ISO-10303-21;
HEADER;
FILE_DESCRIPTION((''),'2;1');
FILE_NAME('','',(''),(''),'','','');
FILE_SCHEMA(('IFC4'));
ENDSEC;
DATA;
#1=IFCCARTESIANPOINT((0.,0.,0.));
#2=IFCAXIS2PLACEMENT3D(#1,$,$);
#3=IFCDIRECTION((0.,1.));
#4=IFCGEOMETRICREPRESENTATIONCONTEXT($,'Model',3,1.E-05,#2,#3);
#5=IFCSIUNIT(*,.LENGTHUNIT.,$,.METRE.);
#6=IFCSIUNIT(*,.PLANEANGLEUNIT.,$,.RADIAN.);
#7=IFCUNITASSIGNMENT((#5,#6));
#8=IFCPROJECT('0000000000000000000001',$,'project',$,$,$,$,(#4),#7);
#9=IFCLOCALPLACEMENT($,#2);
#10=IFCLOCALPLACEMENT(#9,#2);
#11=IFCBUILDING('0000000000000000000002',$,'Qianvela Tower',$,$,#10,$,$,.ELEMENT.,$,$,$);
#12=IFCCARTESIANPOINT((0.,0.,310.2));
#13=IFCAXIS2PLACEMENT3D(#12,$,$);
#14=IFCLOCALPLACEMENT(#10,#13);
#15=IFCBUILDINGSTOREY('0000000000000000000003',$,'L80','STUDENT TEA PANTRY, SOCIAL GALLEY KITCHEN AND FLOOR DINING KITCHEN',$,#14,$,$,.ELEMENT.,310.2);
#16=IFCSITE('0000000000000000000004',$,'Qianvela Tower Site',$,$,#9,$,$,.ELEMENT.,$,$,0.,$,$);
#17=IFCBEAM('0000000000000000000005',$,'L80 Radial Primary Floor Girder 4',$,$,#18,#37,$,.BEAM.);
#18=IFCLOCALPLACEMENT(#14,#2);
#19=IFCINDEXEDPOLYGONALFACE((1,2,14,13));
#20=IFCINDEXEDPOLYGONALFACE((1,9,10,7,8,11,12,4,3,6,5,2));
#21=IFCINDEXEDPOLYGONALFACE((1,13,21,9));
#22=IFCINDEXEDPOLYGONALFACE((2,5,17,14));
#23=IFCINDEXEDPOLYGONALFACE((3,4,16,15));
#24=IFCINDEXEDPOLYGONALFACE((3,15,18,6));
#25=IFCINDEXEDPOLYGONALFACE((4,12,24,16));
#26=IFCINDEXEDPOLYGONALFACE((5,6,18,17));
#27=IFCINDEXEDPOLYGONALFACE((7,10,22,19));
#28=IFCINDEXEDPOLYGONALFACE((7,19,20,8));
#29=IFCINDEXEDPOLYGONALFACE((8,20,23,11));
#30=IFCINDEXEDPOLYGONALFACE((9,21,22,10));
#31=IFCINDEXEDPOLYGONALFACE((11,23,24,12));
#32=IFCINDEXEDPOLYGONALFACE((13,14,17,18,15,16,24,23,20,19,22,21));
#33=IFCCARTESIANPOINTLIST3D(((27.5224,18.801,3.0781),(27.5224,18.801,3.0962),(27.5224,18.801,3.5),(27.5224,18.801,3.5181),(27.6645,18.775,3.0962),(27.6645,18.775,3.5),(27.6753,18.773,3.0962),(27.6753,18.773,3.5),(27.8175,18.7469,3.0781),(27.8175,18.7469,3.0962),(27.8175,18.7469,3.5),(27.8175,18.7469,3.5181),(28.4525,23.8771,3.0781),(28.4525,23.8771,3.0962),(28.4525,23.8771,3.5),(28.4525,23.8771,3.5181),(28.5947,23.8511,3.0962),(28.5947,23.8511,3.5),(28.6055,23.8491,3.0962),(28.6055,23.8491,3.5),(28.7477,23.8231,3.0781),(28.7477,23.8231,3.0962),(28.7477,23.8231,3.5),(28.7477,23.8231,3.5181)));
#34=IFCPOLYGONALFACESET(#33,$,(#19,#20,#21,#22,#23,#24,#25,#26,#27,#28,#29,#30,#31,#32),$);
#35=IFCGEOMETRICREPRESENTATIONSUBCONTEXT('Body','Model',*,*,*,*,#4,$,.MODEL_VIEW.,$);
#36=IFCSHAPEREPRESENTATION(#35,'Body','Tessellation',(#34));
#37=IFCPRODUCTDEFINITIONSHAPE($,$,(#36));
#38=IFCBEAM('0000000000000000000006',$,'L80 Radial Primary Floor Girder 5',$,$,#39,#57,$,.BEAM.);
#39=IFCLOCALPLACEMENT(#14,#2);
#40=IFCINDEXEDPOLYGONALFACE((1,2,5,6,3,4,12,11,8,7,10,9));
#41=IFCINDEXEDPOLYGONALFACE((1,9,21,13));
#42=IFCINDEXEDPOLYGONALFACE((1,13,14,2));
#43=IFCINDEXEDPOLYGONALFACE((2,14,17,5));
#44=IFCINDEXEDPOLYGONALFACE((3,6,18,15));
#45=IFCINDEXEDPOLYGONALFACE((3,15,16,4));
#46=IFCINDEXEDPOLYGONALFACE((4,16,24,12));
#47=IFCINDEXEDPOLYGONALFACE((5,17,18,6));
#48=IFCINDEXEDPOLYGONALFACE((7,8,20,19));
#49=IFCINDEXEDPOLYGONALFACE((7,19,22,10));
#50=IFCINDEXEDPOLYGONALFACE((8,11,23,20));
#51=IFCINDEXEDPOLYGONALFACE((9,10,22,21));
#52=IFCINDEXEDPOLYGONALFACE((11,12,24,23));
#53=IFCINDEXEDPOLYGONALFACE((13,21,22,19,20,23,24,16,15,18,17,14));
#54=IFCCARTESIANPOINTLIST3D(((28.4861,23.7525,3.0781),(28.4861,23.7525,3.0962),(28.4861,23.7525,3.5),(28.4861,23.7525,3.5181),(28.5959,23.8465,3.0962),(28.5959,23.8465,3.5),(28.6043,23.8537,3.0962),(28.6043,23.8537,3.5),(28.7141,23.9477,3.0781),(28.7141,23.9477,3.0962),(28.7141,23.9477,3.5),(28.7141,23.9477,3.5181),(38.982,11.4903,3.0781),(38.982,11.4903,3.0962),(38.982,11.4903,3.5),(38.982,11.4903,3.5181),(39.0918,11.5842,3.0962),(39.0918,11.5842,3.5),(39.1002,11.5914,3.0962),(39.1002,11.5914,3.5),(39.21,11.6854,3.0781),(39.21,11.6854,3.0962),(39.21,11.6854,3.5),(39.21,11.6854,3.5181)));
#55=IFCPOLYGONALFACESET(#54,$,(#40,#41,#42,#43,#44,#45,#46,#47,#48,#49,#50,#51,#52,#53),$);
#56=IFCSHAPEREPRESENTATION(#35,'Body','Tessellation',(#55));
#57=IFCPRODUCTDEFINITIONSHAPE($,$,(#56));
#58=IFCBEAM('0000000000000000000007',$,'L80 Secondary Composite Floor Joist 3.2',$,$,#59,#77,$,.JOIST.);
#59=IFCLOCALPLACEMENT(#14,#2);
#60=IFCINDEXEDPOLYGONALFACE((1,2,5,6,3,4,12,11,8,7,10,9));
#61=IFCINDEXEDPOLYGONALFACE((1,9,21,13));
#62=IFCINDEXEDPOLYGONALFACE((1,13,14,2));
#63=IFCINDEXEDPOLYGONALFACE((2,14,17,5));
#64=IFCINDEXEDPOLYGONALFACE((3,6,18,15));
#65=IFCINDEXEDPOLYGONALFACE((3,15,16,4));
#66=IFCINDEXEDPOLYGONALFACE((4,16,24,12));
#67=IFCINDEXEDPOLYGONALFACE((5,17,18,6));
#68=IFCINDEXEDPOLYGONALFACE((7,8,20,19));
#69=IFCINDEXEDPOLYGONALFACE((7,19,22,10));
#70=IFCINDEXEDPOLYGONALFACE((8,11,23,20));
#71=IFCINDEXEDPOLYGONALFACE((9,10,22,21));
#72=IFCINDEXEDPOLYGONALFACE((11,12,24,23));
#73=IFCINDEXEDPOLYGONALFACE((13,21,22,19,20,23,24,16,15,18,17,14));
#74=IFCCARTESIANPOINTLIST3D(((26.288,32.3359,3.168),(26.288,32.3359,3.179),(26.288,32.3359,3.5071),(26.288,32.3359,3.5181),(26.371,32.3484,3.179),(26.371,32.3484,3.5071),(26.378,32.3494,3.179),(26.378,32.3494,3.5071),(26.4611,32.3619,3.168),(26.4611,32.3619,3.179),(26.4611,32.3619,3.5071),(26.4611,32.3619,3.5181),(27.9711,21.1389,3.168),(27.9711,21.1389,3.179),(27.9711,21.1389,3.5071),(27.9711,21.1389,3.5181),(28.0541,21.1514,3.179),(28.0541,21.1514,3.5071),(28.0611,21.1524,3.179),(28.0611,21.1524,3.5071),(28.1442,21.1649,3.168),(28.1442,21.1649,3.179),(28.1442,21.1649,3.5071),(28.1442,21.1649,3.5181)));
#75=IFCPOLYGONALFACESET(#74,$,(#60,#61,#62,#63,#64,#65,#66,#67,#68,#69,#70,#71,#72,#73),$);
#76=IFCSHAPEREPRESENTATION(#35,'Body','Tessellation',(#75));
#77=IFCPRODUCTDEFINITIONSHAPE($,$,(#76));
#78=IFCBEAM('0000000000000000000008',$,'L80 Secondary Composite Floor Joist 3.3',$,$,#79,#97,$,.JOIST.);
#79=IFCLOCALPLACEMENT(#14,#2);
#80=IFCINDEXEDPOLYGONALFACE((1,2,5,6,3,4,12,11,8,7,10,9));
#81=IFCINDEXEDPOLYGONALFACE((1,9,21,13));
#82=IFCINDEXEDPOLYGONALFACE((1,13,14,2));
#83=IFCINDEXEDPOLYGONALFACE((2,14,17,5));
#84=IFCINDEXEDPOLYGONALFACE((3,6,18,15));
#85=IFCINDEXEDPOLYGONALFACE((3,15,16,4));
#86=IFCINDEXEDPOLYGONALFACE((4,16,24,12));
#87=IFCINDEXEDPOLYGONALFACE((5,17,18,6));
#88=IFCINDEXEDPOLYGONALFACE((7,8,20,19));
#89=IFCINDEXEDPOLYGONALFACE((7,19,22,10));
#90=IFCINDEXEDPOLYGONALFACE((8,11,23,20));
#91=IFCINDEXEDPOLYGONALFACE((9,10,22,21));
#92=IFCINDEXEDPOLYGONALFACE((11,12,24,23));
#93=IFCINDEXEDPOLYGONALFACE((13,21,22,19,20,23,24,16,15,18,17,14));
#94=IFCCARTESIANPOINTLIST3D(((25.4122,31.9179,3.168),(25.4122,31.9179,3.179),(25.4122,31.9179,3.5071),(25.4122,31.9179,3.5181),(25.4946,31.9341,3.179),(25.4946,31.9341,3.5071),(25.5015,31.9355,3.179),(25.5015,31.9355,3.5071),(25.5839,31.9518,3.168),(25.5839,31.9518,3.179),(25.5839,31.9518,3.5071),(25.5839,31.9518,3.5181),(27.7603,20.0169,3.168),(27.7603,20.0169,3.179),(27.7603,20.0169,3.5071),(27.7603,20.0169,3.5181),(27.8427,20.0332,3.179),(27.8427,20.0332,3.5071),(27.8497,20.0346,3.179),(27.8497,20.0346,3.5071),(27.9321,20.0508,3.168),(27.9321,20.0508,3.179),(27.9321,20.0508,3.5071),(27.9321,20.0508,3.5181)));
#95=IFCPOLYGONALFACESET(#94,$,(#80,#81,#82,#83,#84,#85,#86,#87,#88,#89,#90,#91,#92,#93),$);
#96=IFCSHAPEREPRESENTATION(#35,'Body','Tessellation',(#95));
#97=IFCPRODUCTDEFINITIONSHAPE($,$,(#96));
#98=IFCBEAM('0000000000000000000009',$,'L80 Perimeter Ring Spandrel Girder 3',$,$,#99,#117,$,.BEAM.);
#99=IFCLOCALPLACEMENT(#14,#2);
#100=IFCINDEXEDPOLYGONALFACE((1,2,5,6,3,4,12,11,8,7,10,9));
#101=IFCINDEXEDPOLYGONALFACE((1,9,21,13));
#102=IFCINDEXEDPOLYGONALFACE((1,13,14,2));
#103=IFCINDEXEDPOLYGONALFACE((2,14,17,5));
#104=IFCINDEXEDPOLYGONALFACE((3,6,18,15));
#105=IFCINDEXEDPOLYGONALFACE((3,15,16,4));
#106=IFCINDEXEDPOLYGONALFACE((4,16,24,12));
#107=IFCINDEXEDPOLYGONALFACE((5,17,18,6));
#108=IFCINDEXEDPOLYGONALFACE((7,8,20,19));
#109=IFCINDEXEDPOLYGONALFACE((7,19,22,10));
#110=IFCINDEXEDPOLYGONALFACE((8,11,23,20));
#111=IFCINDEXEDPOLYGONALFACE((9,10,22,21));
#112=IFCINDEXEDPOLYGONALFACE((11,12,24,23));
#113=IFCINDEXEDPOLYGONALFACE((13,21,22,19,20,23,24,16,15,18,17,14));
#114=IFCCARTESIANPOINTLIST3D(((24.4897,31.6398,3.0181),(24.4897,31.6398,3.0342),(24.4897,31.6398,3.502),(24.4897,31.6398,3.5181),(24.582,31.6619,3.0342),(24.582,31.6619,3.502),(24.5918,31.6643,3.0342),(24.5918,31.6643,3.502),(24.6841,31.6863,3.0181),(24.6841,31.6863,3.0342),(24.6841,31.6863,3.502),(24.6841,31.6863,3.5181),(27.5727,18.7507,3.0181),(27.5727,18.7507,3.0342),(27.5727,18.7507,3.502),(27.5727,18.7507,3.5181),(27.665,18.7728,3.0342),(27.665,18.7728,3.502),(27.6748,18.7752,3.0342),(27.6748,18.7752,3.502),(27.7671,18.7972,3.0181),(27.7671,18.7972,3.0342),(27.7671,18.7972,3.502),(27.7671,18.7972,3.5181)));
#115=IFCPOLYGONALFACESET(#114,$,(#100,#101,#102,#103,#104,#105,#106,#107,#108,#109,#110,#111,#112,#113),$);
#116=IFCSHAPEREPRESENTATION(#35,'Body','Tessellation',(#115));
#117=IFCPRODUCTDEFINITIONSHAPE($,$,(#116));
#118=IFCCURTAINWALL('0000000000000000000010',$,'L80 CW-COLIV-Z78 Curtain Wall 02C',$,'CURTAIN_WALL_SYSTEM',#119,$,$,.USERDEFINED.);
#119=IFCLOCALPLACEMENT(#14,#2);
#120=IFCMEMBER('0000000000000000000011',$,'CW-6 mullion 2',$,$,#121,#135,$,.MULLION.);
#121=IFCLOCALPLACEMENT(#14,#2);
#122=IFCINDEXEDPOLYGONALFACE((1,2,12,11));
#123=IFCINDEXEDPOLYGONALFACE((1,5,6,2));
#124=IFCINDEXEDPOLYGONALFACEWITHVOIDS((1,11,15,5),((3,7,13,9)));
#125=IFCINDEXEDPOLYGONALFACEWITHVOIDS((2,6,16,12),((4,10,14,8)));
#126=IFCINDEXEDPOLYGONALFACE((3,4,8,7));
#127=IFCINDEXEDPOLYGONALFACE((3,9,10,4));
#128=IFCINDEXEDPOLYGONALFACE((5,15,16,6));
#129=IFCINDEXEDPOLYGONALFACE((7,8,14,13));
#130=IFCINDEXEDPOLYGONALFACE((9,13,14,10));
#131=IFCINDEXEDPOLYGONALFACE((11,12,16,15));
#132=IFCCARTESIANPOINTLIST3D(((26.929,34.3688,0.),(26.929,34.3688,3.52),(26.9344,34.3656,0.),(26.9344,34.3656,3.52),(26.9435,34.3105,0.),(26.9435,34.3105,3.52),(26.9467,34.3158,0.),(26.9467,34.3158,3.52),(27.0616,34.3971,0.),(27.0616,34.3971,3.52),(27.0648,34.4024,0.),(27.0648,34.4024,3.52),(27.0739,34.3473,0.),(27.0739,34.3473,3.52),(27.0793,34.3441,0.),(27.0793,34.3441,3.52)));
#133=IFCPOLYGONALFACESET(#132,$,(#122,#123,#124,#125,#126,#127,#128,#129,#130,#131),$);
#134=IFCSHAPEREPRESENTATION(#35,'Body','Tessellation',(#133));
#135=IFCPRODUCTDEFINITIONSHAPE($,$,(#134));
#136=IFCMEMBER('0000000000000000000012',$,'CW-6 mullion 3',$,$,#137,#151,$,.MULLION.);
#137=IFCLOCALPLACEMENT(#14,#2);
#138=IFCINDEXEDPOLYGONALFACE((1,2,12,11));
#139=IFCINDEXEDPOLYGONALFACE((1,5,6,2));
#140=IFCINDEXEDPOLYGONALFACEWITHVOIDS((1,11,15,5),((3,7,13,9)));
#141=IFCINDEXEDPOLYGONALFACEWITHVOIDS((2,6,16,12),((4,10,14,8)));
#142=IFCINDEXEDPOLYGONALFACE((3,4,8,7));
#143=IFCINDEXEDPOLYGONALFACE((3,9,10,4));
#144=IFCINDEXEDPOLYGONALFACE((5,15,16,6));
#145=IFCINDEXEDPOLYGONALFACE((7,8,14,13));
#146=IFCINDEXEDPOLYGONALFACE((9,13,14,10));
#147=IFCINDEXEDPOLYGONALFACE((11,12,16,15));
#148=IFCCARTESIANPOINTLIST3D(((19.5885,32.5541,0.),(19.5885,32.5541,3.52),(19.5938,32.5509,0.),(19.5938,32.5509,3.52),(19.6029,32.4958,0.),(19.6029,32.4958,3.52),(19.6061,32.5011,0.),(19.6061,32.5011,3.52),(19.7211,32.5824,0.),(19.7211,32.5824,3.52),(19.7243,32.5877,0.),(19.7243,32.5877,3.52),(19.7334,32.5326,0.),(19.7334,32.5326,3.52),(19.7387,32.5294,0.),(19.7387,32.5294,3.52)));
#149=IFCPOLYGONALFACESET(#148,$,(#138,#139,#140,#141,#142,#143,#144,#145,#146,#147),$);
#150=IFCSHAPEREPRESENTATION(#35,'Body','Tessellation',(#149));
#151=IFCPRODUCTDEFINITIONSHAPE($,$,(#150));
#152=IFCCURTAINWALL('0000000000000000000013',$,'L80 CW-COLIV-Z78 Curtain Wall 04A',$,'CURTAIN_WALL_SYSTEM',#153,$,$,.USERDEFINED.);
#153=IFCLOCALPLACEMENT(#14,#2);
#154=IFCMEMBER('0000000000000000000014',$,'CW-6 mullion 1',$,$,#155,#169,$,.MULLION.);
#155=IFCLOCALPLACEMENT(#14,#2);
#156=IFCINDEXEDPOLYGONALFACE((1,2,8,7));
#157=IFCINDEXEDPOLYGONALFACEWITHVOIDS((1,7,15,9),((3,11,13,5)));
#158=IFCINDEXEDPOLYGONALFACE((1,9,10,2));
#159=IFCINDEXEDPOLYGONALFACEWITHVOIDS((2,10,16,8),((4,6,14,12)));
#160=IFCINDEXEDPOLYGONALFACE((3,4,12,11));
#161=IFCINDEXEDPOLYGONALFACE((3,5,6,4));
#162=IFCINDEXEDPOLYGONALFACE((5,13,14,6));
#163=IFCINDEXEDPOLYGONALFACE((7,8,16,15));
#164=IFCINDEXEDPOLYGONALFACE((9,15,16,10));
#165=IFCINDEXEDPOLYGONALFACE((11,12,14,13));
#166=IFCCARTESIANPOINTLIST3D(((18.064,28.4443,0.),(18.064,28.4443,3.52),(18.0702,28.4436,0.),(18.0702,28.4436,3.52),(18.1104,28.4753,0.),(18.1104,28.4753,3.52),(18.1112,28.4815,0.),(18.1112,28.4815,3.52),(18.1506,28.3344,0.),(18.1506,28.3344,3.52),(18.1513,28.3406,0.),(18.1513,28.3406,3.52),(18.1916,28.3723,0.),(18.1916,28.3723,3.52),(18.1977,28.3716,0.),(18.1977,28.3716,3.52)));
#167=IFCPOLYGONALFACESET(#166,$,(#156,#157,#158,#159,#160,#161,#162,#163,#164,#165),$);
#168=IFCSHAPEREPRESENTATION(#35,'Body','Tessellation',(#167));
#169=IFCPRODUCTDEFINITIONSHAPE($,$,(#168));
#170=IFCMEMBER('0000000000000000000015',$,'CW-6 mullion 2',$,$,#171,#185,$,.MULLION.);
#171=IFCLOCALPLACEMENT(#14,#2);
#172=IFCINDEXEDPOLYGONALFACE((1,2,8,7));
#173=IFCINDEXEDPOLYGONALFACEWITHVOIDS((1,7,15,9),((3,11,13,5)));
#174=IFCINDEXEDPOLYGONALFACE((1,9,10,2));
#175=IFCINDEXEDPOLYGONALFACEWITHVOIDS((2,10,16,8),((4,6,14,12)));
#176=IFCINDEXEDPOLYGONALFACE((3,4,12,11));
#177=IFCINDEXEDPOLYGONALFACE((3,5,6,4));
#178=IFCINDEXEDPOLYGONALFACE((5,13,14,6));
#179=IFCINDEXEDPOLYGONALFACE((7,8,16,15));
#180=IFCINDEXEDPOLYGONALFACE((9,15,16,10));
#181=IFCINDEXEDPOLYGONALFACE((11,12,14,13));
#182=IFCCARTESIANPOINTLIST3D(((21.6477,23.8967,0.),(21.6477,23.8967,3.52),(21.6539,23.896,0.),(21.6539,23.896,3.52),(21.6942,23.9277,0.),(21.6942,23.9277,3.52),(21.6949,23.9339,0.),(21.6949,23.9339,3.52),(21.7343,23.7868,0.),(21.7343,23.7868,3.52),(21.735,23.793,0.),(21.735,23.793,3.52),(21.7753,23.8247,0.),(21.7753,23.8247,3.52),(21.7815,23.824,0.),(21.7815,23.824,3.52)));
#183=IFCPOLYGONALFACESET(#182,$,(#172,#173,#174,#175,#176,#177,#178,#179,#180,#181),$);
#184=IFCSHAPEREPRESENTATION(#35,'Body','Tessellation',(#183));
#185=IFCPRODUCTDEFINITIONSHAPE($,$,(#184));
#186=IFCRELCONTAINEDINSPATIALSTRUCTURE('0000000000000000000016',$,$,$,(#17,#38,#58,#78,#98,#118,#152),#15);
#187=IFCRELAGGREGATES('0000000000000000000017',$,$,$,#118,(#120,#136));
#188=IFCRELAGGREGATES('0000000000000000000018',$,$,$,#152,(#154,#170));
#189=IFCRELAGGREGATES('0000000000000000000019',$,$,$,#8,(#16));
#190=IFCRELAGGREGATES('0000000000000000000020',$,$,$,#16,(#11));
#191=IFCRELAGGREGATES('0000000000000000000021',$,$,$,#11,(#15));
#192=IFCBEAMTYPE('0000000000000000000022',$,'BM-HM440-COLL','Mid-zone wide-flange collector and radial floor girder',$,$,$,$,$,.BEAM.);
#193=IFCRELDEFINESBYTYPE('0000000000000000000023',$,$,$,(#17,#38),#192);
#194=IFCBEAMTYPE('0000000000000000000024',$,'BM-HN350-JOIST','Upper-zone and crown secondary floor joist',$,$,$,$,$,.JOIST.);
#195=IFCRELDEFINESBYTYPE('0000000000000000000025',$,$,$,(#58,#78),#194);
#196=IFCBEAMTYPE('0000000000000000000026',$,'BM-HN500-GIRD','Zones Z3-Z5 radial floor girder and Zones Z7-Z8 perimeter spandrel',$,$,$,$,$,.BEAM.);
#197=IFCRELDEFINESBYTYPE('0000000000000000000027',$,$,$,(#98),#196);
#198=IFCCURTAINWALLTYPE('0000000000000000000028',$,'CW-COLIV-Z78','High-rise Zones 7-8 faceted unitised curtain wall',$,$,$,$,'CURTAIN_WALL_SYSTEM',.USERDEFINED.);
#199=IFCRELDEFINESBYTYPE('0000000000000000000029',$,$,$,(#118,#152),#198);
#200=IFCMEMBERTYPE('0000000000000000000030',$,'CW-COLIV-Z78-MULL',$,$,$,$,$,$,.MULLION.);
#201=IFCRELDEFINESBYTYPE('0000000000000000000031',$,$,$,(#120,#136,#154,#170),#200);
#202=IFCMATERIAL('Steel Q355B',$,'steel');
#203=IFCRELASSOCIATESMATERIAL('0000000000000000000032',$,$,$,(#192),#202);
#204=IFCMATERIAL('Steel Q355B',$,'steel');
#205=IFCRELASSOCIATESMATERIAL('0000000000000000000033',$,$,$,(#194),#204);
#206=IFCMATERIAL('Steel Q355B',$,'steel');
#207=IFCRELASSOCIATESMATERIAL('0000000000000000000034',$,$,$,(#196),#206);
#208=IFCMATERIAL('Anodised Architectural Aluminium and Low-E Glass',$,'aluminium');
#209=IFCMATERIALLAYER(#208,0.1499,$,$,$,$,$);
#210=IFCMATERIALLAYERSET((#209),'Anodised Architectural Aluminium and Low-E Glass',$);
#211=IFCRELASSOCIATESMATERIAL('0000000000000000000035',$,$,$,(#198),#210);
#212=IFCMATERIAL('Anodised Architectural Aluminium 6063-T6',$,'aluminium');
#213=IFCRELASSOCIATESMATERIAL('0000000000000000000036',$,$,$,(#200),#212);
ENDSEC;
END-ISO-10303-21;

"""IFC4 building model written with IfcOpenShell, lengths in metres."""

from ifc_helpers import new_model, si_unit, direction, frame, origin, origin_2d, place, context, subcontext, project, spatial, hollow_rectangle, i_section, extrude, material, layer, layer_set, material_profile, profile_set, type_object, element, aggregate, save


model = new_model("IFC4")

# Units and contexts
model_context = context("Model", 3, precision=1e-05, world=origin(), true_north=direction((0.0, 1.0)))
body_context = subcontext(model_context, "Body", "Model", "MODEL_VIEW")
ifc_project = project(units=[si_unit("LENGTHUNIT", "METRE"), si_unit("PLANEANGLEUNIT", "RADIAN")], contexts=[model_context])

# Site, building, storey
site_placement = place(None, origin())
site = spatial("IfcSite", under=ifc_project, at=site_placement, Name="Qianvela Tower Site", CompositionType="ELEMENT", RefElevation=0.0)
building_placement = place(site_placement, origin())
building = spatial("IfcBuilding", under=site, at=building_placement, Name="Qianvela Tower", CompositionType="ELEMENT")
storey_placement = place(building_placement, frame((0.0, 0.0, 310.2)))
storey = spatial("IfcBuildingStorey", under=building, at=storey_placement, Name="L80", Description="STUDENT TEA PANTRY, SOCIAL GALLEY KITCHEN AND FLOOR DINING KITCHEN", CompositionType="ELEMENT", Elevation=310.2)

# Beams
ifc_material_1 = material(Name="Steel Q355B", Category="steel")
ifc_material_profile_1 = material_profile(ifc_material_1, i_section(OverallWidth=0.3, OverallDepth=0.4399, WebThickness=0.011, FlangeThickness=0.0181, at=origin_2d()), Name="HM440x300x11x18")
ifc_profile_set_1 = profile_set([ifc_material_profile_1], Name="Steel Q355B")
beam_type_1 = type_object("IfcBeamType", Name="BM-HM440-COLL", Description="Mid-zone wide-flange collector and radial floor girder", PredefinedType="BEAM", material=ifc_profile_set_1)
beam_1_placement = place(storey_placement, frame((28.6001, 23.8501, 3.2981), z_axis=(-0.180242, -0.983622, 0.0), x_axis=(0.983622, -0.180242, 0.0)))
element("IfcBeam", 1, at=beam_1_placement, inside=storey, type_object=beam_type_1, Name="L80 Radial Primary Floor Girder 4", PredefinedType="BEAM", context=body_context, shape_type="SweptSolid", body=[
    extrude(i_section(OverallWidth=0.3, OverallDepth=0.4399, WebThickness=0.011, FlangeThickness=0.0181, at=origin_2d()), origin(), (0.0, 0.0, 1.0), 5.1606),
])
beam_2_placement = place(storey_placement, frame((28.6001, 23.8501, 3.2981), z_axis=(0.650269, -0.759704, 0.0), x_axis=(0.759704, 0.650269, 0.0)))
element("IfcBeam", 2, at=beam_2_placement, inside=storey, type_object=beam_type_1, Name="L80 Radial Primary Floor Girder 5", PredefinedType="BEAM", context=body_context, shape_type="SweptSolid", body=[
    extrude(i_section(OverallWidth=0.3, OverallDepth=0.4399, WebThickness=0.011, FlangeThickness=0.0181, at=origin_2d()), origin(), (0.0, 0.0, 1.0), 16.1409),
])
ifc_material_2 = material(Name="Steel Q355B", Category="steel")
ifc_material_profile_2 = material_profile(ifc_material_2, i_section(OverallWidth=0.175, OverallDepth=0.3501, WebThickness=0.0071, FlangeThickness=0.011, at=origin_2d()), Name="HN350x175x7x11")
ifc_profile_set_2 = profile_set([ifc_material_profile_2], Name="Steel Q355B")
beam_type_2 = type_object("IfcBeamType", Name="BM-HN350-JOIST", Description="Upper-zone and crown secondary floor joist", PredefinedType="JOIST", material=ifc_profile_set_2)
beam_3_placement = place(storey_placement, frame((26.3745, 32.3489, 3.343), z_axis=(0.148647, -0.98889, 0.0), x_axis=(0.98889, 0.148647, 0.0)))
element("IfcBeam", 3, at=beam_3_placement, inside=storey, type_object=beam_type_2, Name="L80 Secondary Composite Floor Joist 3.2", PredefinedType="JOIST", context=body_context, shape_type="SweptSolid", body=[
    extrude(i_section(OverallWidth=0.175, OverallDepth=0.3501, WebThickness=0.0071, FlangeThickness=0.011, at=origin_2d()), origin(), (0.0, 0.0, 1.0), 11.3228),
])
beam_4_placement = place(storey_placement, frame((25.498, 31.9348, 3.343), z_axis=(0.193576, -0.981085, 0.0), x_axis=(0.981085, 0.193576, 0.0)))
element("IfcBeam", 4, at=beam_4_placement, inside=storey, type_object=beam_type_2, Name="L80 Secondary Composite Floor Joist 3.3", PredefinedType="JOIST", context=body_context, shape_type="SweptSolid", body=[
    extrude(i_section(OverallWidth=0.175, OverallDepth=0.3501, WebThickness=0.0071, FlangeThickness=0.011, at=origin_2d()), origin(), (0.0, 0.0, 1.0), 12.1304),
])
ifc_material_3 = material(Name="Steel Q355B", Category="steel")
ifc_material_profile_3 = material_profile(ifc_material_3, i_section(OverallWidth=0.2, OverallDepth=0.5, WebThickness=0.01, FlangeThickness=0.0161, at=origin_2d()), Name="HN500x200x10x16")
ifc_profile_set_3 = profile_set([ifc_material_profile_3], Name="Steel Q355B")
beam_type_3 = type_object("IfcBeamType", Name="BM-HN500-GIRD", Description="Zones Z3-Z5 radial floor girder and Zones Z7-Z8 perimeter spandrel", PredefinedType="BEAM", material=ifc_profile_set_3)
beam_5_placement = place(storey_placement, frame((24.5869, 31.6631, 3.2681), z_axis=(0.232632, -0.972565, 0.0), x_axis=(0.972565, 0.232632, 0.0)))
element("IfcBeam", 5, at=beam_5_placement, inside=storey, type_object=beam_type_3, Name="L80 Perimeter Ring Spandrel Girder 3", PredefinedType="BEAM", context=body_context, shape_type="SweptSolid", body=[
    extrude(i_section(OverallWidth=0.2, OverallDepth=0.5, WebThickness=0.01, FlangeThickness=0.0161, at=origin_2d()), origin(), (0.0, 0.0, 1.0), 13.2527),
])

# Curtain walls, members
ifc_material_4 = material(Name="Anodised Architectural Aluminium and Low-E Glass", Category="aluminium")
ifc_layer_1 = layer(ifc_material_4, 0.1499)
ifc_layer_set_1 = layer_set([ifc_layer_1], Name="Anodised Architectural Aluminium and Low-E Glass")
curtain_wall_type = type_object("IfcCurtainWallType", Name="CW-COLIV-Z78", Description="High-rise Zones 7-8 faceted unitised curtain wall", ElementType="CURTAIN_WALL_SYSTEM", PredefinedType="USERDEFINED", material=ifc_layer_set_1)
curtain_wall_1_placement = place(storey_placement, origin())
curtain_wall_1 = element("IfcCurtainWall", 6, at=curtain_wall_1_placement, inside=storey, type_object=curtain_wall_type, Name="L80 CW-COLIV-Z78 Curtain Wall 02C", ObjectType="CURTAIN_WALL_SYSTEM", PredefinedType="USERDEFINED")
ifc_material_5 = material(Name="Anodised Architectural Aluminium 6063-T6", Category="aluminium")
ifc_material_profile_4 = material_profile(ifc_material_5, hollow_rectangle(XDim=0.0601, YDim=0.1399, WallThickness=0.0044, at=origin_2d()), Name="ALU-MULL-60x140")
ifc_profile_set_4 = profile_set([ifc_material_profile_4], Name="Anodised Architectural Aluminium 6063-T6")
member_type_1 = type_object("IfcMemberType", Name="CW-COLIV-Z78-MULL", PredefinedType="MULLION", material=ifc_profile_set_4)
member_1_placement = place(storey_placement, frame((27.0042, 34.3564, 0.0), z_axis=(0.0, 0.0, 1.0), x_axis=(0.240007, -0.970771, 0.0)))
member_1 = element("IfcMember", 7, at=member_1_placement, type_object=member_type_1, Name="CW-6 mullion 2", PredefinedType="MULLION", context=body_context, shape_type="SweptSolid", body=[
    extrude(hollow_rectangle(XDim=0.0601, YDim=0.1399, WallThickness=0.0044, at=origin_2d()), origin(), (0.0, 0.0, 1.0), 3.52),
])
member_2_placement = place(storey_placement, frame((19.6636, 32.5417, 0.0), z_axis=(0.0, 0.0, 1.0), x_axis=(0.240007, -0.970771, 0.0)))
member_2 = element("IfcMember", 8, at=member_2_placement, type_object=member_type_1, Name="CW-6 mullion 3", PredefinedType="MULLION", context=body_context, shape_type="SweptSolid", body=[
    extrude(hollow_rectangle(XDim=0.0601, YDim=0.1399, WallThickness=0.0044, at=origin_2d()), origin(), (0.0, 0.0, 1.0), 3.52),
])
curtain_wall_2_placement = place(storey_placement, origin())
curtain_wall_2 = element("IfcCurtainWall", 9, at=curtain_wall_2_placement, inside=storey, type_object=curtain_wall_type, Name="L80 CW-COLIV-Z78 Curtain Wall 04A", ObjectType="CURTAIN_WALL_SYSTEM", PredefinedType="USERDEFINED")
member_3_placement = place(storey_placement, frame((18.1309, 28.408, 0.0), z_axis=(0.0, 0.0, 1.0), x_axis=(0.785422, 0.618961, 0.0)))
member_3 = element("IfcMember", 10, at=member_3_placement, type_object=member_type_1, Name="CW-6 mullion 1", PredefinedType="MULLION", context=body_context, shape_type="SweptSolid", body=[
    extrude(hollow_rectangle(XDim=0.0601, YDim=0.1399, WallThickness=0.0044, at=origin_2d()), origin(), (0.0, 0.0, 1.0), 3.52),
])
member_4_placement = place(storey_placement, frame((21.7146, 23.8604, 0.0), z_axis=(0.0, 0.0, 1.0), x_axis=(0.785422, 0.618961, 0.0)))
member_4 = element("IfcMember", 11, at=member_4_placement, type_object=member_type_1, Name="CW-6 mullion 2", PredefinedType="MULLION", context=body_context, shape_type="SweptSolid", body=[
    extrude(hollow_rectangle(XDim=0.0601, YDim=0.1399, WallThickness=0.0044, at=origin_2d()), origin(), (0.0, 0.0, 1.0), 3.52),
])

aggregate(curtain_wall_1, [member_1, member_2])
aggregate(curtain_wall_2, [member_3, member_4])

save(model, "model.ifc")
